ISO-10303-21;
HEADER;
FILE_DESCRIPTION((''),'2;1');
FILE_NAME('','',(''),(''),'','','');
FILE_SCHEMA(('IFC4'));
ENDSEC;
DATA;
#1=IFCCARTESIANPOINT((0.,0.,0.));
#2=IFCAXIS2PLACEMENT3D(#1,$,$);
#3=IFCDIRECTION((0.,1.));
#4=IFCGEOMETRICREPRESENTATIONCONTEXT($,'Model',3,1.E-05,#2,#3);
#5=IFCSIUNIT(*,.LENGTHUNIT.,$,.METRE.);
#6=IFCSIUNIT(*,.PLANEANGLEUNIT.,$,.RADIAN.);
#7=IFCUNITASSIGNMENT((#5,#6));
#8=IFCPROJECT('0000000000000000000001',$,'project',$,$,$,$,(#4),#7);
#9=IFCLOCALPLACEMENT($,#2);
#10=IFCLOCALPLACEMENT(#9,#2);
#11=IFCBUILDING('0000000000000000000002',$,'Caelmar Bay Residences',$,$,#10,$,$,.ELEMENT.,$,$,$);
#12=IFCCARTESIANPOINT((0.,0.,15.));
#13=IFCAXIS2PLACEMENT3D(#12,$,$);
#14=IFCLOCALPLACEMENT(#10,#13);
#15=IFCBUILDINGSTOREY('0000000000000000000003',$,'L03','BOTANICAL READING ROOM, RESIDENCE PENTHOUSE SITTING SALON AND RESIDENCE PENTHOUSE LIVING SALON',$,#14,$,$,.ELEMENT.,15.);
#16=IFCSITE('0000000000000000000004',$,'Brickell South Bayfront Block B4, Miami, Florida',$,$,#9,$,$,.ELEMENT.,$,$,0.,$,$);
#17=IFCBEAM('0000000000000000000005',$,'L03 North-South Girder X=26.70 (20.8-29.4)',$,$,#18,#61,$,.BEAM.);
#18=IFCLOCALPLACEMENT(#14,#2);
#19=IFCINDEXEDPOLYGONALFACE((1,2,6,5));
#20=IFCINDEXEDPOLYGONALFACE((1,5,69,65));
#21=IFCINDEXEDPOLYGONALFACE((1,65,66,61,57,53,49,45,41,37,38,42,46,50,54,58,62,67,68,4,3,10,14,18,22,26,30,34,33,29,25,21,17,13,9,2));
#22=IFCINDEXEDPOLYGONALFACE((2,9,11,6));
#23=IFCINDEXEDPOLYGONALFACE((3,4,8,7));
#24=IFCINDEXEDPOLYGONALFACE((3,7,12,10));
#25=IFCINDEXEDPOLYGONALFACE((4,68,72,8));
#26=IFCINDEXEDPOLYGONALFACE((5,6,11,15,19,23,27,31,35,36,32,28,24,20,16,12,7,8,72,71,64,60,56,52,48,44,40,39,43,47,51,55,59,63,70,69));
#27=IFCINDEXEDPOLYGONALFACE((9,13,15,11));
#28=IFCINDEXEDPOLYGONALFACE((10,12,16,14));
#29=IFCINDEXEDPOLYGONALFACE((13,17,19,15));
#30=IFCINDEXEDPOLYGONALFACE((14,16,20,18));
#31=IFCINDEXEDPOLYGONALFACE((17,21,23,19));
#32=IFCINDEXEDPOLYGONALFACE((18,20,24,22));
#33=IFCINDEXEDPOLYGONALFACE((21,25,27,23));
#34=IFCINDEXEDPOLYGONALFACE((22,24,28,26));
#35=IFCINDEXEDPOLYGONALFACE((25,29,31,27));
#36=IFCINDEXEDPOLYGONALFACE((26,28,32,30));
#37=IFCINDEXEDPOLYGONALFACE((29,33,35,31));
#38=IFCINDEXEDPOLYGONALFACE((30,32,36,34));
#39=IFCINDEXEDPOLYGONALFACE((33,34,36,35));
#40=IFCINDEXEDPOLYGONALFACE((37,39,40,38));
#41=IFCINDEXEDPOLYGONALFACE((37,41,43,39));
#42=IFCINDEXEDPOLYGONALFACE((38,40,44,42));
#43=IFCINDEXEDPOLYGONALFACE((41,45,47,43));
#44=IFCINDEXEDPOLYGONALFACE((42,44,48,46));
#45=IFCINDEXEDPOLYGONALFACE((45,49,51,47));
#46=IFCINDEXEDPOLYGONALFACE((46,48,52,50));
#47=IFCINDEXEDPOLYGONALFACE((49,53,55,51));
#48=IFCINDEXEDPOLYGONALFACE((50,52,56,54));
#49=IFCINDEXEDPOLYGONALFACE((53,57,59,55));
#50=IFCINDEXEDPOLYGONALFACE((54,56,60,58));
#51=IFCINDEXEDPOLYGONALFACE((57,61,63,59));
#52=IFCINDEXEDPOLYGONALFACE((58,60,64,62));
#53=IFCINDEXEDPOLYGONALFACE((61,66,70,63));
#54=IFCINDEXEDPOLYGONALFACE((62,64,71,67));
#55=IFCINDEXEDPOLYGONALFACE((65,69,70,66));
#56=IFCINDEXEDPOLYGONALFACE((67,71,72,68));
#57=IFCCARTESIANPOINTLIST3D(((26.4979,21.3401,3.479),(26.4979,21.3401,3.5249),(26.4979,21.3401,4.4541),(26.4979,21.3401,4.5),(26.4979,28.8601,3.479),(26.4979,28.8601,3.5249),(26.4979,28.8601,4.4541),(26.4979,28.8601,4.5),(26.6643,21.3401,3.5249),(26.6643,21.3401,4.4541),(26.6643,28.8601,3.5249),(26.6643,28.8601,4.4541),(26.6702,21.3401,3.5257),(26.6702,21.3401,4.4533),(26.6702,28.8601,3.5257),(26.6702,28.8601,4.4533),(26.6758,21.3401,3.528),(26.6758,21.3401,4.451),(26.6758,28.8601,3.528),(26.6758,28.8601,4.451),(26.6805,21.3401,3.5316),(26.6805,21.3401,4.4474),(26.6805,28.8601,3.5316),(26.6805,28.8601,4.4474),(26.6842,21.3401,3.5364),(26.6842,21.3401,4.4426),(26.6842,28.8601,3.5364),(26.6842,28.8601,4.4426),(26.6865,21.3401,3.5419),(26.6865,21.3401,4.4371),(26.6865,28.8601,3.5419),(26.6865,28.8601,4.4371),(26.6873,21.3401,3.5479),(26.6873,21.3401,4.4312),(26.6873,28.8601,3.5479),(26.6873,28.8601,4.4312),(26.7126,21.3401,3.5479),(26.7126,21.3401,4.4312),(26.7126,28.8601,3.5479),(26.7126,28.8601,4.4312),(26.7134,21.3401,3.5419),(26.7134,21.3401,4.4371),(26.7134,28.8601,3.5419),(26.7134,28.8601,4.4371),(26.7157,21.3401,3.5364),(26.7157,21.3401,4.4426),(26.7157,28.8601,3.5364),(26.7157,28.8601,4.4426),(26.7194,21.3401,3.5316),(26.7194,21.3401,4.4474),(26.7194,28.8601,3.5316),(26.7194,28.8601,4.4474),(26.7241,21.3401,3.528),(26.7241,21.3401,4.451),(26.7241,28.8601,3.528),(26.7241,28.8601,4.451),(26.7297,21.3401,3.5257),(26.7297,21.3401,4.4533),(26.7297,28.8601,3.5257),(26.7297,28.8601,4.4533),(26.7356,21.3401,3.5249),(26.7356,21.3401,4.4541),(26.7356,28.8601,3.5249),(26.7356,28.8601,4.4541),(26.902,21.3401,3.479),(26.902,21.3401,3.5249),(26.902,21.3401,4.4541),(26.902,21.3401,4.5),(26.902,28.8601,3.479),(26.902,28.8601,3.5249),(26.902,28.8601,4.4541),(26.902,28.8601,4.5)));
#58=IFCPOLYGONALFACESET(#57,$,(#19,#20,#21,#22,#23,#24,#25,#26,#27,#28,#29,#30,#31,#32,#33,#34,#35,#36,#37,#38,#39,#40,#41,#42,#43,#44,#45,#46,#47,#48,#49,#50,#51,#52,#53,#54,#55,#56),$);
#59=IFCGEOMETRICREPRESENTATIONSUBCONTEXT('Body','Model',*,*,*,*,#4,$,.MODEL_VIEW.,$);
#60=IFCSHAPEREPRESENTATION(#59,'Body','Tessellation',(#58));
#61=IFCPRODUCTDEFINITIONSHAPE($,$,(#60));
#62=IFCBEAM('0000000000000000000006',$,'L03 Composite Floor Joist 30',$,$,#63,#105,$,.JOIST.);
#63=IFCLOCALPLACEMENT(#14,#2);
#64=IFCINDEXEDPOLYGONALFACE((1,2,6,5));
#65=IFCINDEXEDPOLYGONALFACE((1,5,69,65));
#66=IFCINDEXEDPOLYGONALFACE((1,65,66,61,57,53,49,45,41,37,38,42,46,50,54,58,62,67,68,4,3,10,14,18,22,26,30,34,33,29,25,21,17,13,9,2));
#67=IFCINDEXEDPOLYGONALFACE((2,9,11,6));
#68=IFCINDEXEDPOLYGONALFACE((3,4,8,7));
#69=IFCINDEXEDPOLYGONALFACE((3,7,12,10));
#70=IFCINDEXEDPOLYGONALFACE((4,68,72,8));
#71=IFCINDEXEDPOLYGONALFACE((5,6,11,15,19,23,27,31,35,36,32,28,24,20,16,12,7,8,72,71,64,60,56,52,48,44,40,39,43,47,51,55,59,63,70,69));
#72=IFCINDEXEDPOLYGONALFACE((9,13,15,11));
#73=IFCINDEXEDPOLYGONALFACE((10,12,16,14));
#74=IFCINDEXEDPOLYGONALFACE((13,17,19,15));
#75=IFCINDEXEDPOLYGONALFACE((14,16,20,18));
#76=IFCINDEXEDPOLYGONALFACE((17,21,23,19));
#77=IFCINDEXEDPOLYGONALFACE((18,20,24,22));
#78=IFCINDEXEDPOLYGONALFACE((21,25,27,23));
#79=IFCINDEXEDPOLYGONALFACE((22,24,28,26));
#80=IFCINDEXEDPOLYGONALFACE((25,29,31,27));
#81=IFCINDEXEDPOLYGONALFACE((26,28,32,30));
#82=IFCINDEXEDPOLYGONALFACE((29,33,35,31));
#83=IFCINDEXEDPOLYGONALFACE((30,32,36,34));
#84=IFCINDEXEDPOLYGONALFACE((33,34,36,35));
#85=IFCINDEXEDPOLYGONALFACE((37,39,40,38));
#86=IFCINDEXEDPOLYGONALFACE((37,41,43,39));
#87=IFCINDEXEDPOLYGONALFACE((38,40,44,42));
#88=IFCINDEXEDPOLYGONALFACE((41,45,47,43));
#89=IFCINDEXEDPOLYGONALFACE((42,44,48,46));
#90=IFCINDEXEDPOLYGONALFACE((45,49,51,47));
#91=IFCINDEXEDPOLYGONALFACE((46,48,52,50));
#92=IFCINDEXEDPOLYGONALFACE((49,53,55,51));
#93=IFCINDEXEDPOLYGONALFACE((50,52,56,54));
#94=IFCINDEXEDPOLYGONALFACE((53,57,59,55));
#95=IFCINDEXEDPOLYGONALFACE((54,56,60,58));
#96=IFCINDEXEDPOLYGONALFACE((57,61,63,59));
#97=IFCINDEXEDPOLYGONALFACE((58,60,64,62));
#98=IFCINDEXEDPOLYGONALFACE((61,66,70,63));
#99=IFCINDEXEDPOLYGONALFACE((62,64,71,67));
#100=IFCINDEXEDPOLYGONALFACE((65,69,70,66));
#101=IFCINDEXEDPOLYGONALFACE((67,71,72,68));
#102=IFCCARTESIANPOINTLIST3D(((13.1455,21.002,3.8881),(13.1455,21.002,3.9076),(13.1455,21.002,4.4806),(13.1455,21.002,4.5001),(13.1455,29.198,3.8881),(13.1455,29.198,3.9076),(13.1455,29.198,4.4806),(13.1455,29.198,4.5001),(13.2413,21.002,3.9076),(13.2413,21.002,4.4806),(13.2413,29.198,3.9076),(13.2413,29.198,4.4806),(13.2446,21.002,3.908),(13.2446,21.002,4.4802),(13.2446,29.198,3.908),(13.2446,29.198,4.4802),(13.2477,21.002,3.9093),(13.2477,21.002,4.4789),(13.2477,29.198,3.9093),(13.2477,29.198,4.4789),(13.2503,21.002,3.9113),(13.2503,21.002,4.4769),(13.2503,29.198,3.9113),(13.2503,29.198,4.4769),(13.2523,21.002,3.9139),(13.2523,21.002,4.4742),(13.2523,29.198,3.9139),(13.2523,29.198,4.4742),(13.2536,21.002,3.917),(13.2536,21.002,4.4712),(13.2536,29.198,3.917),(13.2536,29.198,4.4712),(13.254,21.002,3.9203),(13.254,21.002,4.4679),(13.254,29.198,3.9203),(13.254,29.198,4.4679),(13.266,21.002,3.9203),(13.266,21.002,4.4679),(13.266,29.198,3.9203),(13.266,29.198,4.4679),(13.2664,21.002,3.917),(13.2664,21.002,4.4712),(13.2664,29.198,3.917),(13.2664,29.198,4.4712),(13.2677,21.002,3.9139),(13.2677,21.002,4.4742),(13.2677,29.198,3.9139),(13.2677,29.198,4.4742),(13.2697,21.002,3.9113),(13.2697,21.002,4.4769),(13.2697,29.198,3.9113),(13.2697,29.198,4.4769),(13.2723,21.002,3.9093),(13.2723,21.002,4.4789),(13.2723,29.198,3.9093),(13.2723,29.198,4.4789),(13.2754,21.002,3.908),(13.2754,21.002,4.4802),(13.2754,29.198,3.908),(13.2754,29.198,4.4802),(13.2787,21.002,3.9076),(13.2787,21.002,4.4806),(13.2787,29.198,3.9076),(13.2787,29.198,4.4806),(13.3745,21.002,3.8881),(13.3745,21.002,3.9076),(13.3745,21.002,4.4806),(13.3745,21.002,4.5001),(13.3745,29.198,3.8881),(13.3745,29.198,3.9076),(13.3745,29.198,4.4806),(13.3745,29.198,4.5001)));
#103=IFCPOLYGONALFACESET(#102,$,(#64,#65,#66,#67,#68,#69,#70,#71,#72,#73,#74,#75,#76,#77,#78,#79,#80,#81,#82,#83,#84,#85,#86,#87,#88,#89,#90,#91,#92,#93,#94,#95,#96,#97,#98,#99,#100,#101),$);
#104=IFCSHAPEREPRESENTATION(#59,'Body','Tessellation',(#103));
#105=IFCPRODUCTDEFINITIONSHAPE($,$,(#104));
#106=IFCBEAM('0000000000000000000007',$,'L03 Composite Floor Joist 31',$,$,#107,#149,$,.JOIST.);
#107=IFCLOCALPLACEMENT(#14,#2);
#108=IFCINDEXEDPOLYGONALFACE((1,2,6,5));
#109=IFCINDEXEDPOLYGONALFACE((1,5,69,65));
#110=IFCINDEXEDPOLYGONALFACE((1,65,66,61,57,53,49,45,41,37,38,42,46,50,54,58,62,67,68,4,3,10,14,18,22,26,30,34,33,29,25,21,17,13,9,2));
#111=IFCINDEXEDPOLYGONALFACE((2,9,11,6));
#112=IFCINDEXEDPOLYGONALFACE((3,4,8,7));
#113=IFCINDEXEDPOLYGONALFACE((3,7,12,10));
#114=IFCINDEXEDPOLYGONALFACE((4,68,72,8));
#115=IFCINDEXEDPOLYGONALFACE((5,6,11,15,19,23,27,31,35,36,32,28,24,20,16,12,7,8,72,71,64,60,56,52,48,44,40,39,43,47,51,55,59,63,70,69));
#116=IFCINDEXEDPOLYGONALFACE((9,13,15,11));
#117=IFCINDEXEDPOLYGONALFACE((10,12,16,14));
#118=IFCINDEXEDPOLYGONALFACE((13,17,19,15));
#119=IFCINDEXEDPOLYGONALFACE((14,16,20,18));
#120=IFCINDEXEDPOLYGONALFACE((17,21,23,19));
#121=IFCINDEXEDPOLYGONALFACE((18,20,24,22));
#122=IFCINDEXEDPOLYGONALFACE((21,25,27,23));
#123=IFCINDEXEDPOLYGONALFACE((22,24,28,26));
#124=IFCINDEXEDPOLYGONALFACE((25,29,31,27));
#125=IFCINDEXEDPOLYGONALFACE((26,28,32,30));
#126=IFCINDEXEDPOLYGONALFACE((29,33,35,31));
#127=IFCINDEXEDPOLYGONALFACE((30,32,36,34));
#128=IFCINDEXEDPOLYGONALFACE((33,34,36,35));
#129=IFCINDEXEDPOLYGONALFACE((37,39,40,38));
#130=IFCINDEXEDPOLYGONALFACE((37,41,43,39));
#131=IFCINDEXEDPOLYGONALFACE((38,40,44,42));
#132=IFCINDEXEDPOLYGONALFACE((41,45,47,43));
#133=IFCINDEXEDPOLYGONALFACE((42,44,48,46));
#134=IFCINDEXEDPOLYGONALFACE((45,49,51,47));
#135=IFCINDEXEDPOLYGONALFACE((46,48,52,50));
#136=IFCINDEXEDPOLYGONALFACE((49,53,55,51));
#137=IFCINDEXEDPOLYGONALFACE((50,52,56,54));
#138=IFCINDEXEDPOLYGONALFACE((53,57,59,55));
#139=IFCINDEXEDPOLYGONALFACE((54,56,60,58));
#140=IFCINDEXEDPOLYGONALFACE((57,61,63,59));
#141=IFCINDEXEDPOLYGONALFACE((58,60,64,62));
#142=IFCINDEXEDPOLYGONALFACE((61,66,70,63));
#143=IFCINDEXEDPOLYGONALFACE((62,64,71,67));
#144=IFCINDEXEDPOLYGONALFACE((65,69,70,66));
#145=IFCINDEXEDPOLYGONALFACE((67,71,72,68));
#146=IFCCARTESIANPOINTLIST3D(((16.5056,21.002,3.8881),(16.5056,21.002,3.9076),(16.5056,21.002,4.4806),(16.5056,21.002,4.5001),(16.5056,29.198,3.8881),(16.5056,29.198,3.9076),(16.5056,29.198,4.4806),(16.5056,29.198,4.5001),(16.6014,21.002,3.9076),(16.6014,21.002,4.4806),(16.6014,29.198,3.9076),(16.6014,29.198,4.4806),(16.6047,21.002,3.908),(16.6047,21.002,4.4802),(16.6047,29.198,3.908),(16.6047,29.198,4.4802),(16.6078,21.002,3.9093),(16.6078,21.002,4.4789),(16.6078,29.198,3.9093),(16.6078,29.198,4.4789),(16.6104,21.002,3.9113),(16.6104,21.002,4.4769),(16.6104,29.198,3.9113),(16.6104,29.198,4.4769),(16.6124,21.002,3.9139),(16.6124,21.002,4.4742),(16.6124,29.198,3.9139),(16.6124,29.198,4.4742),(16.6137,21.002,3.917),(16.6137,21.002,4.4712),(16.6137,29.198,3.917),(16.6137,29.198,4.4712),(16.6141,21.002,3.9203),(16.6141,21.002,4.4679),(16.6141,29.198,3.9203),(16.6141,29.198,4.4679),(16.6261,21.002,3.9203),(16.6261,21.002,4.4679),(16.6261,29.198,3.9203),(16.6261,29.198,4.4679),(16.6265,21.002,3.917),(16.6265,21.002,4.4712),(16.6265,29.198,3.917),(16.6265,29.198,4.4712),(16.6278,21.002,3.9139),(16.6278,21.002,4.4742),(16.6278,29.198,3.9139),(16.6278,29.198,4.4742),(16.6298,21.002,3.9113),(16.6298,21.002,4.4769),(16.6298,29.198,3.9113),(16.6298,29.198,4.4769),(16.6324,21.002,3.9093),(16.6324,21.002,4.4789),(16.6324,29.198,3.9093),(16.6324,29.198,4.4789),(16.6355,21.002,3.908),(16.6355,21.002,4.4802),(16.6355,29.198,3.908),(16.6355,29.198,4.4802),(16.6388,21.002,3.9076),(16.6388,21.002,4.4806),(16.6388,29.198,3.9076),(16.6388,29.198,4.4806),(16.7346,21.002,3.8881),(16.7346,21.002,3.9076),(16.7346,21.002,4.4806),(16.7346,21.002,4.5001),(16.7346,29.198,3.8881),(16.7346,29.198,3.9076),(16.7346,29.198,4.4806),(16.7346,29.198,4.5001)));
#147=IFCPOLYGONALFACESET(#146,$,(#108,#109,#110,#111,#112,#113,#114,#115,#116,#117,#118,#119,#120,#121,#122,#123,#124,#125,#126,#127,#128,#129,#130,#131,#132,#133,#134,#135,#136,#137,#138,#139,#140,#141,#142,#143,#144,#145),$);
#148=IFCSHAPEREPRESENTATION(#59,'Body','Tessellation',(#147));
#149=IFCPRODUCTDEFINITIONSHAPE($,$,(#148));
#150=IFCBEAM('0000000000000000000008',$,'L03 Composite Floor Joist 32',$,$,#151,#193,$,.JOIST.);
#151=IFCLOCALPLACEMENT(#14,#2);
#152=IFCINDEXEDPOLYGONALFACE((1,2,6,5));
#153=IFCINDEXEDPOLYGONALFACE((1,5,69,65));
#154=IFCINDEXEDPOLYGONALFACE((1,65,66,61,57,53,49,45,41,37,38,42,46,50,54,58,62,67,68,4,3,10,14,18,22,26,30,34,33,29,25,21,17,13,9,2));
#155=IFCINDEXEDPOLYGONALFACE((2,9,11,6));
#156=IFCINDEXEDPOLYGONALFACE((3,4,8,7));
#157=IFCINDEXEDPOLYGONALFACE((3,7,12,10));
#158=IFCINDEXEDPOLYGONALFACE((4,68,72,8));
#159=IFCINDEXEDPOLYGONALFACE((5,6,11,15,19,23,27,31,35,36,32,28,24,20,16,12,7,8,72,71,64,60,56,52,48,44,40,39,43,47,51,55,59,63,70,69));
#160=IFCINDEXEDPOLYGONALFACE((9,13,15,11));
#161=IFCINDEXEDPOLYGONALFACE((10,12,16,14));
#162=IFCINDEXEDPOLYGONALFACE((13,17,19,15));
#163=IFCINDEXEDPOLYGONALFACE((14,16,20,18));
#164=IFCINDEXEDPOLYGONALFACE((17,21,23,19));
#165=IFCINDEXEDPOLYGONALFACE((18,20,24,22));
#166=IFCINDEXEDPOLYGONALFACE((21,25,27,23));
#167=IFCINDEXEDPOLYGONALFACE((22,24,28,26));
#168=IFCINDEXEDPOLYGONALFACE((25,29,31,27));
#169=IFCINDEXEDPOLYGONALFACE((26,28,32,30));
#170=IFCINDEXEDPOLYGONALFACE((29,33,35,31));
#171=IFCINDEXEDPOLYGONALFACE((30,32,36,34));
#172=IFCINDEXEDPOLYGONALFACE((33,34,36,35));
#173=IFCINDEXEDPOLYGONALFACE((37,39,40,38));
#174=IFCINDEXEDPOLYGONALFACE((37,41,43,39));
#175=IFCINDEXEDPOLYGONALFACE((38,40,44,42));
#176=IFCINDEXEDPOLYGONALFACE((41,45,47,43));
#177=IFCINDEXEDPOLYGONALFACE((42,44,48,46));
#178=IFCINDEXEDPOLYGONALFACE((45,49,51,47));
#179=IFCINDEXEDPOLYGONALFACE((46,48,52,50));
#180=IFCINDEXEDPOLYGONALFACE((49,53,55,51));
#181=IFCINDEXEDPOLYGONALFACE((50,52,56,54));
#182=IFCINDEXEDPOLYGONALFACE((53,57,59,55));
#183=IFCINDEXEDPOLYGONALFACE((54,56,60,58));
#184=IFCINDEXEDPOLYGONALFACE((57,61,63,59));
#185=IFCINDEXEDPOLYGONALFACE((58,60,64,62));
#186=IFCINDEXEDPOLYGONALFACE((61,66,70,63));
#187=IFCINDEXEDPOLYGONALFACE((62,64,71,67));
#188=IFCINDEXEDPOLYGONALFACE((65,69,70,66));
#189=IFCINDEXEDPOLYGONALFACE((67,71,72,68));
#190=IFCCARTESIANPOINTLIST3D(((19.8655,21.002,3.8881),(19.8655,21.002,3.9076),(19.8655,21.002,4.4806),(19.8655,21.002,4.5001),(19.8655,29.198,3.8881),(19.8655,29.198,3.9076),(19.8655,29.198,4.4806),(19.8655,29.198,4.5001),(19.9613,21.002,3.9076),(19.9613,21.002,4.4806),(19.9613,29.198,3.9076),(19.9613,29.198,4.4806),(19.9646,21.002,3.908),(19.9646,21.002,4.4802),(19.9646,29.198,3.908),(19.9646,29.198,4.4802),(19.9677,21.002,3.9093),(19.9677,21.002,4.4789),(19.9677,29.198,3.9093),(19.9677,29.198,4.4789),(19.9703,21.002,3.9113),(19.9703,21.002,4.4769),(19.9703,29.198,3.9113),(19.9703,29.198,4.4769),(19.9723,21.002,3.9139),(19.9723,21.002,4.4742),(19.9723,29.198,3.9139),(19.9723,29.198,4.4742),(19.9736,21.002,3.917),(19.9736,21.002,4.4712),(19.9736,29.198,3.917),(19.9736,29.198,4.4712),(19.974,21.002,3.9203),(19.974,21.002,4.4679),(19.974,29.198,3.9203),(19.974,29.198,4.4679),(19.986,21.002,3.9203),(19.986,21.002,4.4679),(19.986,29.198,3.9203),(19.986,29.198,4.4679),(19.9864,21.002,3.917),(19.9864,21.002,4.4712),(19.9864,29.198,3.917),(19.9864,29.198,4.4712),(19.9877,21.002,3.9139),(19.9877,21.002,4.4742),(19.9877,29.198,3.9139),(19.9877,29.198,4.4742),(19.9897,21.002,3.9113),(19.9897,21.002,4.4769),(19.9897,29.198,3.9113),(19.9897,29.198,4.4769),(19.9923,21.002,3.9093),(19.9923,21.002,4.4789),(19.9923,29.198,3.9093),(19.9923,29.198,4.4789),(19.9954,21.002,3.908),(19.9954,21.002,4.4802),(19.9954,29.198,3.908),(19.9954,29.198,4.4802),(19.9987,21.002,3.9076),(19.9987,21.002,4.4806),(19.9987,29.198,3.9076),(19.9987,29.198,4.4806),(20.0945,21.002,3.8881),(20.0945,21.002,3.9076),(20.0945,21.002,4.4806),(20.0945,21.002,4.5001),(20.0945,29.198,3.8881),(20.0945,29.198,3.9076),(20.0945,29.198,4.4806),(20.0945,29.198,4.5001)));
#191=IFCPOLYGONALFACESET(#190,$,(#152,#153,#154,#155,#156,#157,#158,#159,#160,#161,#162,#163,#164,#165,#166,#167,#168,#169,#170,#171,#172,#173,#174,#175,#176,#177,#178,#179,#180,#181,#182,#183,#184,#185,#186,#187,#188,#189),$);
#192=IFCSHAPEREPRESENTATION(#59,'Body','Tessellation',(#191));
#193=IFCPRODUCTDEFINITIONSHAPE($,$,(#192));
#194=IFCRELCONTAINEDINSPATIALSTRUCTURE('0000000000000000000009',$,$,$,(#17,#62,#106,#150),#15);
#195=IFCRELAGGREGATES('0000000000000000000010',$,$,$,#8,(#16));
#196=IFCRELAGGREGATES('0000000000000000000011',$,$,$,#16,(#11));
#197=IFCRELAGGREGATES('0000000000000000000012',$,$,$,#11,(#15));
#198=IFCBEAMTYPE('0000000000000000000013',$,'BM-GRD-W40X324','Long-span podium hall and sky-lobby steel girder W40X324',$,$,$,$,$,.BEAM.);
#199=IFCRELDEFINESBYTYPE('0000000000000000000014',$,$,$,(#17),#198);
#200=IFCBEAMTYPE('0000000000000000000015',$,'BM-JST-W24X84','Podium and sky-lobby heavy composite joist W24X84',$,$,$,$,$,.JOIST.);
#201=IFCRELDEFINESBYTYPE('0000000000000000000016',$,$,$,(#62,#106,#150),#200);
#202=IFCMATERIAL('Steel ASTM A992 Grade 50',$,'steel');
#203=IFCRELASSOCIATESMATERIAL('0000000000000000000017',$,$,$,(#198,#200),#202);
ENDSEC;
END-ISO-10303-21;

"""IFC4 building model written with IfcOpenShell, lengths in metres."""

from ifc_helpers import new_model, si_unit, direction, frame, origin, origin_2d, place, context, subcontext, project, spatial, i_section, extrude, material, material_profile, profile_set, type_object, element, save


model = new_model("IFC4")

# Units and contexts
model_context = context("Model", 3, precision=1e-05, world=origin(), true_north=direction((0.0, 1.0)))
body_context = subcontext(model_context, "Body", "Model", "MODEL_VIEW")
ifc_project = project(units=[si_unit("LENGTHUNIT", "METRE"), si_unit("PLANEANGLEUNIT", "RADIAN")], contexts=[model_context])

# Site, building, storey
site_placement = place(None, origin())
site = spatial("IfcSite", under=ifc_project, at=site_placement, Name="Brickell South Bayfront Block B4, Miami, Florida", CompositionType="ELEMENT", RefElevation=0.0)
building_placement = place(site_placement, origin())
building = spatial("IfcBuilding", under=site, at=building_placement, Name="Caelmar Bay Residences", CompositionType="ELEMENT")
storey_placement = place(building_placement, frame((0.0, 0.0, 15.0)))
storey = spatial("IfcBuildingStorey", under=building, at=storey_placement, Name="L03", Description="BOTANICAL READING ROOM, RESIDENCE PENTHOUSE SITTING SALON AND RESIDENCE PENTHOUSE LIVING SALON", CompositionType="ELEMENT", Elevation=15.0)

# Beams
ifc_material_1 = material(Name="Steel ASTM A992 Grade 50", Category="steel")
ifc_material_profile_1 = material_profile(ifc_material_1, i_section(OverallWidth=0.4041, OverallDepth=1.021, WebThickness=0.0254, FlangeThickness=0.0459, FilletRadius=0.0229, at=origin_2d()), Name="W40X324")
ifc_profile_set_1 = profile_set([ifc_material_profile_1], Name="Steel ASTM A992 Grade 50")
beam_type_1 = type_object("IfcBeamType", Name="BM-GRD-W40X324", Description="Long-span podium hall and sky-lobby steel girder W40X324", PredefinedType="BEAM", material=ifc_profile_set_1)
beam_1_placement = place(storey_placement, frame((26.7, 21.3401, 3.9895), z_axis=(0.0, 1.0, 0.0), x_axis=(-1.0, 0.0, 0.0)))
element("IfcBeam", 1, at=beam_1_placement, inside=storey, type_object=beam_type_1, Name="L03 North-South Girder X=26.70 (20.8-29.4)", PredefinedType="BEAM", context=body_context, shape_type="SweptSolid", body=[
    extrude(i_section(OverallWidth=0.4041, OverallDepth=1.021, WebThickness=0.0254, FlangeThickness=0.0459, FilletRadius=0.0229, at=origin_2d()), origin(), (0.0, 0.0, 1.0), 7.52),
])
ifc_material_profile_2 = material_profile(ifc_material_1, i_section(OverallWidth=0.229, OverallDepth=0.6121, WebThickness=0.012, FlangeThickness=0.0195, FilletRadius=0.0127, at=origin_2d()), Name="W24X84")
ifc_profile_set_2 = profile_set([ifc_material_profile_2], Name="Steel ASTM A992 Grade 50")
beam_type_2 = type_object("IfcBeamType", Name="BM-JST-W24X84", Description="Podium and sky-lobby heavy composite joist W24X84", PredefinedType="JOIST", material=ifc_profile_set_2)
for number, where, z_axis, x_axis, name in (
    (2, (13.26, 21.002, 4.1941), (0.0, 1.0, 0.0), (-1.0, 0.0, 0.0), "L03 Composite Floor Joist 30"),
    (3, (16.6201, 21.002, 4.1941), (0.0, 1.0, 0.0), (-1.0, 0.0, 0.0), "L03 Composite Floor Joist 31"),
    (4, (19.98, 21.002, 4.1941), (0.0, 1.0, 0.0), (-1.0, 0.0, 0.0), "L03 Composite Floor Joist 32"),
):
    element("IfcBeam", number, at=place(storey_placement, frame(where, z_axis=z_axis, x_axis=x_axis)), inside=storey, type_object=beam_type_2, Name=name, PredefinedType="JOIST", context=body_context, shape_type="SweptSolid", body=[
        extrude(i_section(OverallWidth=0.229, OverallDepth=0.6121, WebThickness=0.012, FlangeThickness=0.0195, FilletRadius=0.0127, at=origin_2d()), origin(), (0.0, 0.0, 1.0), 8.196),
    ])

save(model, "model.ifc")
